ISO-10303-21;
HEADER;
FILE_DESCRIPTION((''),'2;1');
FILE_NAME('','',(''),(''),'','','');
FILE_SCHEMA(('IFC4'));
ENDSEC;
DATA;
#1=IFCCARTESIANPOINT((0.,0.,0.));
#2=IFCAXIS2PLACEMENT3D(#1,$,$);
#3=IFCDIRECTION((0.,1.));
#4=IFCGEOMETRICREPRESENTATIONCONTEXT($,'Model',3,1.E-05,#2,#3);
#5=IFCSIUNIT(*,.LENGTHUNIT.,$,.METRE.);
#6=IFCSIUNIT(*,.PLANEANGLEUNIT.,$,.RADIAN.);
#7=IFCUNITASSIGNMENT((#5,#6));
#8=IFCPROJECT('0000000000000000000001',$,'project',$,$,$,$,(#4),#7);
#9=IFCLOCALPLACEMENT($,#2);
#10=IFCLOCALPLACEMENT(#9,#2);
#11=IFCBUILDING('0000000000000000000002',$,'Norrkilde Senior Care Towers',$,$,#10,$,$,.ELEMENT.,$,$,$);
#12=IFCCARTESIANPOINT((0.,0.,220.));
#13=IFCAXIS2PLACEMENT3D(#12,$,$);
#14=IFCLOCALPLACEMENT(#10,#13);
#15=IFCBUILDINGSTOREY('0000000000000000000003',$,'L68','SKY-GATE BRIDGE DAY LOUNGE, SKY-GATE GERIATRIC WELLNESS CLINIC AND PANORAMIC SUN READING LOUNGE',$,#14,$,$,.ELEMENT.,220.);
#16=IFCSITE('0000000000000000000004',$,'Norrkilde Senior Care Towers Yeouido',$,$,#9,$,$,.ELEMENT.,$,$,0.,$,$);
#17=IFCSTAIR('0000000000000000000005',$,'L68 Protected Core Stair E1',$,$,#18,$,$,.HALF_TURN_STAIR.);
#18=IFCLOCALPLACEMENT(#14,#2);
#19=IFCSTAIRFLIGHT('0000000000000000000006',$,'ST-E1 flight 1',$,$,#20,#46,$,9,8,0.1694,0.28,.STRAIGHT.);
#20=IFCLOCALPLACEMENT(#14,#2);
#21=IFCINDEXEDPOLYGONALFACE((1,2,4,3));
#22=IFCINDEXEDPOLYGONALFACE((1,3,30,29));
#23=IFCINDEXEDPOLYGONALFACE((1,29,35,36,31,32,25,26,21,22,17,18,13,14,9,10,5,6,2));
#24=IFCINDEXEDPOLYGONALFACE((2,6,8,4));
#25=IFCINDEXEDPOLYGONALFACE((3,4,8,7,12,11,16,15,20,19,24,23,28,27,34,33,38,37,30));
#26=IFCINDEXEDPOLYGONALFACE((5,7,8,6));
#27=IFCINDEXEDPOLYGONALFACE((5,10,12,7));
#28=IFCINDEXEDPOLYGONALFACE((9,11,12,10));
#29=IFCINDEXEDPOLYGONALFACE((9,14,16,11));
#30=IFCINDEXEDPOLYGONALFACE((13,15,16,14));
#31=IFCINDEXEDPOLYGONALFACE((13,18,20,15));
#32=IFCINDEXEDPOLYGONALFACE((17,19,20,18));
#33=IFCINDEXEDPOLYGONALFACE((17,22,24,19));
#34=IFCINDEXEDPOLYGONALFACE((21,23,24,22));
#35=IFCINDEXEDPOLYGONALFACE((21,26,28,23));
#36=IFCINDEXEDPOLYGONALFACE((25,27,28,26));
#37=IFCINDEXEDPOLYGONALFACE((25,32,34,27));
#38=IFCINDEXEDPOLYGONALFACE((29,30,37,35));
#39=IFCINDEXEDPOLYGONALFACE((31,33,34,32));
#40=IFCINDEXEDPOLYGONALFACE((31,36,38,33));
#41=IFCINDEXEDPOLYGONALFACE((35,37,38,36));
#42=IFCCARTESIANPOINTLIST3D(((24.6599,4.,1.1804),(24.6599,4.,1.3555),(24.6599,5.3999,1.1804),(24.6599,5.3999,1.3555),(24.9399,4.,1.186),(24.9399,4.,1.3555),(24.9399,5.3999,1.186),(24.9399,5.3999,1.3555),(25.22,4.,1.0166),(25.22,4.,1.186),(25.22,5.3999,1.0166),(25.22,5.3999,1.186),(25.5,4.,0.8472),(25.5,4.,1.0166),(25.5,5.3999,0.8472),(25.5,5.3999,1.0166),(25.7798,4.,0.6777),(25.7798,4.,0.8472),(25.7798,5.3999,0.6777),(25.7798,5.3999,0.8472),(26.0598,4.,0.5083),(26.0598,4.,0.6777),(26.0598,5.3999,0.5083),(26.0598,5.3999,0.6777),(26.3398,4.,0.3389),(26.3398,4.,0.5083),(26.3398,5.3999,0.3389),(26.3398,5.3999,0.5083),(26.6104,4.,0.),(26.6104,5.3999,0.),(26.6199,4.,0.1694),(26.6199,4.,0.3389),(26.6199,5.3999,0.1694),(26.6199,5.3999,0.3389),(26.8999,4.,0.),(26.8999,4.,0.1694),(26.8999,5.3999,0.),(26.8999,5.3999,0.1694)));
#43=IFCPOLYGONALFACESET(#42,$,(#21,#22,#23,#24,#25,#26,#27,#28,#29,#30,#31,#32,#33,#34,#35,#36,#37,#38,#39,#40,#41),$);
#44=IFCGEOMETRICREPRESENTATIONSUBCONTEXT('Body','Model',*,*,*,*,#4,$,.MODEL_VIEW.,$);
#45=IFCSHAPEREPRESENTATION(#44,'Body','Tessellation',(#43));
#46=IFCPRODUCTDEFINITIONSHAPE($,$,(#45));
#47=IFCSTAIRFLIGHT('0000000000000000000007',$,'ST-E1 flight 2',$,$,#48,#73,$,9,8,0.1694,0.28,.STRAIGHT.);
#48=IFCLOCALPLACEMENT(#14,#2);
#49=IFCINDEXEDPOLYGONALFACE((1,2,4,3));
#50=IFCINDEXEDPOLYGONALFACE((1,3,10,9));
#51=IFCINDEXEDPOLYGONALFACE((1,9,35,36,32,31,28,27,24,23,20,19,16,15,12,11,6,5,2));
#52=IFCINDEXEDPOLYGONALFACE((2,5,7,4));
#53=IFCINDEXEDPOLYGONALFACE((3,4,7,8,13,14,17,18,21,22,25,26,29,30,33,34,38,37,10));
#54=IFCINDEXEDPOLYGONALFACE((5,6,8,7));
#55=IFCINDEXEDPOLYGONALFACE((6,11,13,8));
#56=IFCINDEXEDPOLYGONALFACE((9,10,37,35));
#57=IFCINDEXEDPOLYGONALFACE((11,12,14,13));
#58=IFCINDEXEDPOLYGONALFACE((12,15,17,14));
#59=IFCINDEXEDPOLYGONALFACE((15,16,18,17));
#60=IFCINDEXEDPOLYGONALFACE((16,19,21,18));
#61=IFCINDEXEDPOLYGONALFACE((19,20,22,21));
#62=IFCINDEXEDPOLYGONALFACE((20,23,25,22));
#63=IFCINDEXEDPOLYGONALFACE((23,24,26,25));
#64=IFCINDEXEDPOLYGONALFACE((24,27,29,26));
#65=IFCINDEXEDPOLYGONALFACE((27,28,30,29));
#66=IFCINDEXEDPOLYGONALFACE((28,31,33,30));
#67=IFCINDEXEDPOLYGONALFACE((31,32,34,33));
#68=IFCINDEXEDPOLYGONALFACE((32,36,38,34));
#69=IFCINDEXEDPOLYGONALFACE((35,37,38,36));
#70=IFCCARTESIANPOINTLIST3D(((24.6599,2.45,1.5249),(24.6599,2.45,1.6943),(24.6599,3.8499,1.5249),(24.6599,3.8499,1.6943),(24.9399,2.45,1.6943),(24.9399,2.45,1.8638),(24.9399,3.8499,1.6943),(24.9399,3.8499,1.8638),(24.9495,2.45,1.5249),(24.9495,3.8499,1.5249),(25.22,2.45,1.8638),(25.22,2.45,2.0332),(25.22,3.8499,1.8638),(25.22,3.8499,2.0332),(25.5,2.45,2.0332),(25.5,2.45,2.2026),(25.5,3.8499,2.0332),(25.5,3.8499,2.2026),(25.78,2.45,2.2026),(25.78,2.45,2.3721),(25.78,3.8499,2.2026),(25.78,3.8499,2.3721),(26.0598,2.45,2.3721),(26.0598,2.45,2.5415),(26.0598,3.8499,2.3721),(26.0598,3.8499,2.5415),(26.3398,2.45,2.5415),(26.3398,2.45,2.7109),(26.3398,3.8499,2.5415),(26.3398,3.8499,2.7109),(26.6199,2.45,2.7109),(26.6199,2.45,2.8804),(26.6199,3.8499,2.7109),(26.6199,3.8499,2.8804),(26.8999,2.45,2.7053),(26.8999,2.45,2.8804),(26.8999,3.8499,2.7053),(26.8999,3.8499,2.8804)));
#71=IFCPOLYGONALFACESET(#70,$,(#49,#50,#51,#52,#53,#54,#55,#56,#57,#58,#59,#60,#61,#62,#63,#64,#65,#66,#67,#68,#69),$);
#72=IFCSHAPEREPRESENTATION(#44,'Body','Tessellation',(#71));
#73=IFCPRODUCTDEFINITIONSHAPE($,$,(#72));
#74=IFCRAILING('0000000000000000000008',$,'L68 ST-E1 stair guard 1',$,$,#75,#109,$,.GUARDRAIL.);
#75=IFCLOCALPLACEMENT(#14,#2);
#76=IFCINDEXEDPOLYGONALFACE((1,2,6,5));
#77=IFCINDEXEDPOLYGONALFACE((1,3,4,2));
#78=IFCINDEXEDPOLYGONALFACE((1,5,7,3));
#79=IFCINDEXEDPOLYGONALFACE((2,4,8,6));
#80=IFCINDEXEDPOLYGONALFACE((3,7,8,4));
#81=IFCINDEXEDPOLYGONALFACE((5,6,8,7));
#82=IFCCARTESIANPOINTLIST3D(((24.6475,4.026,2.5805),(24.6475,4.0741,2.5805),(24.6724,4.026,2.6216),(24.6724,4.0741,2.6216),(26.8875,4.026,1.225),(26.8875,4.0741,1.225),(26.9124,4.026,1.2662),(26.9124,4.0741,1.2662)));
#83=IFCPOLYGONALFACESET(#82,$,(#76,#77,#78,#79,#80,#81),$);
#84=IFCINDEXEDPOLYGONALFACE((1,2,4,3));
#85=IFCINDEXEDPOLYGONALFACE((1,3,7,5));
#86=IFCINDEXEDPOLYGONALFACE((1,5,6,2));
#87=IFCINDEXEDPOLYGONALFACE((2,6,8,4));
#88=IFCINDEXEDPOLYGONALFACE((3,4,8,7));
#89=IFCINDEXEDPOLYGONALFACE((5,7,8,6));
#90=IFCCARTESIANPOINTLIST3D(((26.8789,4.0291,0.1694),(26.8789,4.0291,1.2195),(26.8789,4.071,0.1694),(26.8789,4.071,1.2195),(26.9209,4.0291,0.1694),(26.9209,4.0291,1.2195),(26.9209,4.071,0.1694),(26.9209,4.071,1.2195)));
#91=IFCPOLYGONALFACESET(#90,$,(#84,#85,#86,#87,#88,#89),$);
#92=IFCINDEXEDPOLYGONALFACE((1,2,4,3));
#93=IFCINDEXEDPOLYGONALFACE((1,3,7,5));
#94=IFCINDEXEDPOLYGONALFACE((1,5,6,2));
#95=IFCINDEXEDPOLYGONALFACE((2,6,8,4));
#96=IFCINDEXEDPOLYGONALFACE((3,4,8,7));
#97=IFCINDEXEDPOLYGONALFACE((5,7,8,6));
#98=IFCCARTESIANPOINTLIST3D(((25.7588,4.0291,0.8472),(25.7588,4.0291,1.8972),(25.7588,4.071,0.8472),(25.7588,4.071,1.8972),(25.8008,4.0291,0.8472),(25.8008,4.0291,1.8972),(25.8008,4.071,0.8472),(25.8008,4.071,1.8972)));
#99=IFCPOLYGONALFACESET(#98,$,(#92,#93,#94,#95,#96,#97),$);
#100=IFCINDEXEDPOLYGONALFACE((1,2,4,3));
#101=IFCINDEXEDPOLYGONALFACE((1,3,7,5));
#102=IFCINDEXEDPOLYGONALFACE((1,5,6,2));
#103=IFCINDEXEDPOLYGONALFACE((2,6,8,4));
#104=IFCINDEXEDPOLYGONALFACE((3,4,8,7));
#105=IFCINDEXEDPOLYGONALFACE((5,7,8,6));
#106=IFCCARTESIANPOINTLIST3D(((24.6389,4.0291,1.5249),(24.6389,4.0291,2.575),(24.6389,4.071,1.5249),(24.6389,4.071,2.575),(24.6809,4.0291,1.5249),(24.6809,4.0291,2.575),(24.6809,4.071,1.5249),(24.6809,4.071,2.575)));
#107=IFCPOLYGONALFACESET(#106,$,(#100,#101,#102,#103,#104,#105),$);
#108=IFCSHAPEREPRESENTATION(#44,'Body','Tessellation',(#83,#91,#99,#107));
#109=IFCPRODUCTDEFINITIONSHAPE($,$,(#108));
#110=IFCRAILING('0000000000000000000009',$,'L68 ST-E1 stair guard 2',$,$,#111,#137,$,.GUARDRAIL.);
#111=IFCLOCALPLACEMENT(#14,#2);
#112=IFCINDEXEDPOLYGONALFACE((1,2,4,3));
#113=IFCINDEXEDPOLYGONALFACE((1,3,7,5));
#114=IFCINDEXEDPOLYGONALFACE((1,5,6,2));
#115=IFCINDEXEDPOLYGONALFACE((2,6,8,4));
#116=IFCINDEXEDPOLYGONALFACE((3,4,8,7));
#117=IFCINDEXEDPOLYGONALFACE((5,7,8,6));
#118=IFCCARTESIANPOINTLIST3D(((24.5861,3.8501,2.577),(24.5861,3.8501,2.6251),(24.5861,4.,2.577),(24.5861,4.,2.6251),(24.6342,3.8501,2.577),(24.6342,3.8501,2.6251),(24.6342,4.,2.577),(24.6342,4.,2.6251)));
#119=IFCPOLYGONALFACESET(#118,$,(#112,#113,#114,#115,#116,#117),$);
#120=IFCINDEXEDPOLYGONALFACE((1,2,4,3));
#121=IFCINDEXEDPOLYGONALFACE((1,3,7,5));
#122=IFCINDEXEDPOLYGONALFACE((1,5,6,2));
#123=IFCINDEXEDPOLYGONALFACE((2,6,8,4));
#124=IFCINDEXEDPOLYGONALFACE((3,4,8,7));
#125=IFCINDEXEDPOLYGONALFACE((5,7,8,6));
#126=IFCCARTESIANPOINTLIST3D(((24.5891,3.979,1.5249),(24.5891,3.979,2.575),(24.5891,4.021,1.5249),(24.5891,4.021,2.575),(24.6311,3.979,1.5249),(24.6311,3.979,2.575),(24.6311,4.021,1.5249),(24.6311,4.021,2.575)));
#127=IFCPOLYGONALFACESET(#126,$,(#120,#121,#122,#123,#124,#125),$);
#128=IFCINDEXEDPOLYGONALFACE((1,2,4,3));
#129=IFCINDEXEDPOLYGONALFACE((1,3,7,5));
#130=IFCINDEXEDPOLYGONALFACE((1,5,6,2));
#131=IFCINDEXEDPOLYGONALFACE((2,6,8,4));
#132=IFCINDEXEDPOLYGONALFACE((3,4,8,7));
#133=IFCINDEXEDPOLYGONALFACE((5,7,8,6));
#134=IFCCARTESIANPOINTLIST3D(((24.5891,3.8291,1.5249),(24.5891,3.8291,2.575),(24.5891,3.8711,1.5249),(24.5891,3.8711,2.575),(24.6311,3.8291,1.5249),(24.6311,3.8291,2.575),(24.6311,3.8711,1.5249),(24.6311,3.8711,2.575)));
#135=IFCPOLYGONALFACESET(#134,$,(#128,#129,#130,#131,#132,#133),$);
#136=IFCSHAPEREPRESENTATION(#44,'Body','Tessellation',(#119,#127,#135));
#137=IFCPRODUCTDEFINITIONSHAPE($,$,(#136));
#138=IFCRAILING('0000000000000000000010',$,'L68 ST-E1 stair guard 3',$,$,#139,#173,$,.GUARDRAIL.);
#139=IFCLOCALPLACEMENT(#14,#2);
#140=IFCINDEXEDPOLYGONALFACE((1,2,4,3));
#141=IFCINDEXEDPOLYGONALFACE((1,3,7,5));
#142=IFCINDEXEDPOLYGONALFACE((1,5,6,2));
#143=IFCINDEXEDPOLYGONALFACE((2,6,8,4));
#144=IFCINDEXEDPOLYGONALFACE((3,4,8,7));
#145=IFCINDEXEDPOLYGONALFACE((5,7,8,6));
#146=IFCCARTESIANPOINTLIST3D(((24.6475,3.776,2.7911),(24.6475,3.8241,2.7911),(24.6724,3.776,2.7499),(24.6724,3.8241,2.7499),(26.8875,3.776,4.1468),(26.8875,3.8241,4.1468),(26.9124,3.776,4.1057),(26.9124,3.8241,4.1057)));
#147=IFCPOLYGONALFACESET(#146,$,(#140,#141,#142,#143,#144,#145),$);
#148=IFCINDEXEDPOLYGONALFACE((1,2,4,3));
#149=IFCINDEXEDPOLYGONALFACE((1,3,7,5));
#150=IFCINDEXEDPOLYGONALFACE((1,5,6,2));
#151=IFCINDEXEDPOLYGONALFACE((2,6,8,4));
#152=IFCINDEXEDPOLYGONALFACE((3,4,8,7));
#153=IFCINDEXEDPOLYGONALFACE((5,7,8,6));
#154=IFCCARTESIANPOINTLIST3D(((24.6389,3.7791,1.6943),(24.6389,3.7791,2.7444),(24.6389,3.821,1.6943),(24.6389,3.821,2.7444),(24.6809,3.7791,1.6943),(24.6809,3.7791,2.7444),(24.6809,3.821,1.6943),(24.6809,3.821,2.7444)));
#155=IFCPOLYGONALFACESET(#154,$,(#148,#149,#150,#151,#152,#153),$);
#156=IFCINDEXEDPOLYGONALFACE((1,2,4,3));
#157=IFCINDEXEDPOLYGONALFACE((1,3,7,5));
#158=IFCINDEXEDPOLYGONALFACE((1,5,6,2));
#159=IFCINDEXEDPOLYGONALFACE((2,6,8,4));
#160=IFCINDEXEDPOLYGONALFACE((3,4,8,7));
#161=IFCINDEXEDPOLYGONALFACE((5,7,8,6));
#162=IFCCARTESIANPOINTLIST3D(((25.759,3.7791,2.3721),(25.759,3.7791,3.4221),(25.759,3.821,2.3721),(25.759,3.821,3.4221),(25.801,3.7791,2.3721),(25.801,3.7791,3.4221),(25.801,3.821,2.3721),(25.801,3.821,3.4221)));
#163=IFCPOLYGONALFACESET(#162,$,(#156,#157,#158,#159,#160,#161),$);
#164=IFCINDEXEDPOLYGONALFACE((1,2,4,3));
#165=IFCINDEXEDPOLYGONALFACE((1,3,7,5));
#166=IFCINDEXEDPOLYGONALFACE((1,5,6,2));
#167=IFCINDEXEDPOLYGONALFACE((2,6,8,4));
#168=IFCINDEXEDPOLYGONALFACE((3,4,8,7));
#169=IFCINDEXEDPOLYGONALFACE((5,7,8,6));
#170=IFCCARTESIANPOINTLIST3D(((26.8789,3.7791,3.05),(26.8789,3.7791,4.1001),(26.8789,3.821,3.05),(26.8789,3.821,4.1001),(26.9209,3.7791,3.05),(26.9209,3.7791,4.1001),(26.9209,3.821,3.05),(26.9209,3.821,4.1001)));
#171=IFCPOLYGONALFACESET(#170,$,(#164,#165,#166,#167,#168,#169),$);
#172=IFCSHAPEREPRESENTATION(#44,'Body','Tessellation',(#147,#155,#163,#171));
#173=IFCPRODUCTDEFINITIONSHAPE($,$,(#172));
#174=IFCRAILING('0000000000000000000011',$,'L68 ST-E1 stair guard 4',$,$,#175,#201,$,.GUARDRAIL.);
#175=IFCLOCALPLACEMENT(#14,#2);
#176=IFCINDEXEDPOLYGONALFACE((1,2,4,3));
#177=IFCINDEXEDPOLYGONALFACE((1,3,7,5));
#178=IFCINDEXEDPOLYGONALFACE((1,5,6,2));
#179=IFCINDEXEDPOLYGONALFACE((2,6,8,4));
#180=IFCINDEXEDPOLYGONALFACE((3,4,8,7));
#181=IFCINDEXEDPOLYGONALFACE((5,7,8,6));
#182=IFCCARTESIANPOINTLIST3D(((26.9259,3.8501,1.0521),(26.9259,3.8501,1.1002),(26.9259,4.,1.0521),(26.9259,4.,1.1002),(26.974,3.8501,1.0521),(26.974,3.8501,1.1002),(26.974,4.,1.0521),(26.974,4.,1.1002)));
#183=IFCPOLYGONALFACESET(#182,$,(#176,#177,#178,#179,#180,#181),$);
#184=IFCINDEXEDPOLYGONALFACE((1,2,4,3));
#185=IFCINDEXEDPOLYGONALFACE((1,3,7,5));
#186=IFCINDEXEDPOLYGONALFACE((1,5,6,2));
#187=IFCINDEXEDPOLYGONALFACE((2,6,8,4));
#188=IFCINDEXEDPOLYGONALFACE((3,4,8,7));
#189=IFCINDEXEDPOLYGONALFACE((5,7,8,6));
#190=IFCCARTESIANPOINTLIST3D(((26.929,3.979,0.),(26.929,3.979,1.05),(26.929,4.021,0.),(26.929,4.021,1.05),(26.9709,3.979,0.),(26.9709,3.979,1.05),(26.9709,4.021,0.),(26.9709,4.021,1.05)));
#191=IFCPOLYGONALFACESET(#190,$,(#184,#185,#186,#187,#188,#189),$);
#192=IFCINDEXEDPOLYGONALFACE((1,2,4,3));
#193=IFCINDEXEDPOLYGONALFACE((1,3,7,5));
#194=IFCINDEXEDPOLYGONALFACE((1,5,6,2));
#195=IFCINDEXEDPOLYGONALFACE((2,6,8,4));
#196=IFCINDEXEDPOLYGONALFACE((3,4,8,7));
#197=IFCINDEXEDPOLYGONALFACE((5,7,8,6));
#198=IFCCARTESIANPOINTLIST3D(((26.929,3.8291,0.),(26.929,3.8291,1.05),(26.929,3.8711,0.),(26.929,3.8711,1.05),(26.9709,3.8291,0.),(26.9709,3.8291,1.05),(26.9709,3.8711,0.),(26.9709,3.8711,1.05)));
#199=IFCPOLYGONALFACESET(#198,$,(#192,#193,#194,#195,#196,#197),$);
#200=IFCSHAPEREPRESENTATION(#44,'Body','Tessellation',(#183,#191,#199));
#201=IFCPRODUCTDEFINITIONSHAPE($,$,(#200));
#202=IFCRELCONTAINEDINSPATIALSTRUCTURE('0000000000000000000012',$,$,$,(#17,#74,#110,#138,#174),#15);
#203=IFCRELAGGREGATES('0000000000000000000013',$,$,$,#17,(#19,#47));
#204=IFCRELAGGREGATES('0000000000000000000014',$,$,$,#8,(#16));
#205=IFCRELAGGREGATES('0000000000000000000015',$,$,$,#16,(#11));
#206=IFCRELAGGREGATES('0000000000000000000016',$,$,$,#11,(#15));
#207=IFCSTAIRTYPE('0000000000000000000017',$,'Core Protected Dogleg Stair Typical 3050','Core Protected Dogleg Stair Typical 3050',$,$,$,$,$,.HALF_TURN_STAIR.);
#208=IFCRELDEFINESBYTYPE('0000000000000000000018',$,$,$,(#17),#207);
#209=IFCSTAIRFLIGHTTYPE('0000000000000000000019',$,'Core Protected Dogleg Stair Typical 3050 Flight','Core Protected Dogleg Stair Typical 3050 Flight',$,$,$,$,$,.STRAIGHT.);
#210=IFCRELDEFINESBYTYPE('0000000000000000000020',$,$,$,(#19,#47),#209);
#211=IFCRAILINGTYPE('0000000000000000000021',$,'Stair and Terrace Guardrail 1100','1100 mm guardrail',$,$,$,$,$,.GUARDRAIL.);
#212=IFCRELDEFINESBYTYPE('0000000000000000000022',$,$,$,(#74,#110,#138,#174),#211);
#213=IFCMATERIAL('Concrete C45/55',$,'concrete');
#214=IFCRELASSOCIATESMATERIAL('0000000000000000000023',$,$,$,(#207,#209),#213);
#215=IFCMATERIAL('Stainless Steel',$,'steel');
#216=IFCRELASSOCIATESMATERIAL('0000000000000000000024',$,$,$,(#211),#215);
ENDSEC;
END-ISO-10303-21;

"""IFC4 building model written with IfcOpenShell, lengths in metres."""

from ifc_helpers import new_model, si_unit, direction, frame, origin, origin_2d, place, context, subcontext, project, spatial, polyline, rectangle, outline, extrude, material, type_object, element, aggregate, save


model = new_model("IFC4")

# Units and contexts
model_context = context("Model", 3, precision=1e-05, world=origin(), true_north=direction((0.0, 1.0)))
body_context = subcontext(model_context, "Body", "Model", "MODEL_VIEW")
ifc_project = project(units=[si_unit("LENGTHUNIT", "METRE"), si_unit("PLANEANGLEUNIT", "RADIAN")], contexts=[model_context])

# Site, building, storey
site_placement = place(None, origin())
site = spatial("IfcSite", under=ifc_project, at=site_placement, Name="Norrkilde Senior Care Towers Yeouido", CompositionType="ELEMENT", RefElevation=0.0)
building_placement = place(site_placement, origin())
building = spatial("IfcBuilding", under=site, at=building_placement, Name="Norrkilde Senior Care Towers", CompositionType="ELEMENT")
storey_placement = place(building_placement, frame((0.0, 0.0, 220.0)))
storey = spatial("IfcBuildingStorey", under=building, at=storey_placement, Name="L68", Description="SKY-GATE BRIDGE DAY LOUNGE, SKY-GATE GERIATRIC WELLNESS CLINIC AND PANORAMIC SUN READING LOUNGE", CompositionType="ELEMENT", Elevation=220.0)

# Shared definitions
ifc_material_1 = material(Name="Concrete C45/55", Category="concrete")

# Shared definitions
ifc_material_2 = material(Name="Stainless Steel", Category="steel")

# Stair, stair flights
stair_type = type_object("IfcStairType", Name="Core Protected Dogleg Stair Typical 3050", Description="Core Protected Dogleg Stair Typical 3050", PredefinedType="HALF_TURN_STAIR", material=ifc_material_1)
stair_placement = place(storey_placement, origin())
stair = element("IfcStair", 1, at=stair_placement, inside=storey, type_object=stair_type, Name="L68 Protected Core Stair E1", PredefinedType="HALF_TURN_STAIR")
stair_flight_type = type_object("IfcStairFlightType", Name="Core Protected Dogleg Stair Typical 3050 Flight", Description="Core Protected Dogleg Stair Typical 3050 Flight", PredefinedType="STRAIGHT", material=ifc_material_1)
stair_flight_1_placement = place(storey_placement, frame((26.8999, 4.7, 0.0), z_axis=(0.0, 0.0, 1.0), x_axis=(-1.0, 0.0, 0.0)))
stair_flight_1 = element("IfcStairFlight", 2, at=stair_flight_1_placement, type_object=stair_flight_type, Name="ST-E1 flight 1", NumberOfRisers=9, NumberOfTreads=8, PredefinedType="STRAIGHT", RiserHeight=0.1694, TreadLength=0.28, context=body_context, shape_type="SweptSolid", body=[
    extrude(outline(polyline([(0.0, 0.0), (0.0, 0.1694), (0.28, 0.1694), (0.28, 0.3389), (0.5601, 0.3389), (0.5601, 0.5083), (0.8401, 0.5083), (0.8401, 0.6777), (1.1201, 0.6777), (1.1201, 0.8472), (1.3999, 0.8472), (1.3999, 1.0166), (1.6799, 1.0166), (1.6799, 1.186), (1.96, 1.186), (1.96, 1.3555), (2.24, 1.3555), (2.24, 1.5249), (2.24, 1.1804), (0.2896, 0.0), (0.0, 0.0)])), frame((0.0, 0.7, 0.0), z_axis=(0.0, -1.0, 0.0), x_axis=(1.0, 0.0, 0.0)), (0.0, 0.0, 1.0), 1.3999),
])
stair_flight_2_placement = place(storey_placement, frame((24.6599, 3.1499, 1.5249), z_axis=(0.0, 0.0, 1.0), x_axis=(1.0, 0.0, 0.0)))
stair_flight_2 = element("IfcStairFlight", 3, at=stair_flight_2_placement, type_object=stair_flight_type, Name="ST-E1 flight 2", NumberOfRisers=9, NumberOfTreads=8, PredefinedType="STRAIGHT", RiserHeight=0.1694, TreadLength=0.28, context=body_context, shape_type="SweptSolid", body=[
    extrude(outline(polyline([(0.0, 0.0), (0.0, 0.1694), (0.28, 0.1694), (0.28, 0.3389), (0.5601, 0.3389), (0.5601, 0.5083), (0.8401, 0.5083), (0.8401, 0.6777), (1.1201, 0.6777), (1.1201, 0.8472), (1.3999, 0.8472), (1.3999, 1.0166), (1.6799, 1.0166), (1.6799, 1.186), (1.96, 1.186), (1.96, 1.3555), (2.24, 1.3555), (2.24, 1.5249), (2.24, 1.1804), (0.2896, 0.0), (0.0, 0.0)])), frame((0.0, 0.7, 0.0), z_axis=(0.0, -1.0, 0.0), x_axis=(1.0, 0.0, 0.0)), (0.0, 0.0, 1.0), 1.3999),
])
aggregate(stair, [stair_flight_1, stair_flight_2])

# Railings
railing_type_1 = type_object("IfcRailingType", Name="Stair and Terrace Guardrail 1100", Description="1100 mm guardrail", PredefinedType="GUARDRAIL", material=ifc_material_2)
railing_1_placement = place(storey_placement, frame((26.8999, 4.05, 0.1694)))
element("IfcRailing", 4, at=railing_1_placement, inside=storey, type_object=railing_type_1, Name="L68 ST-E1 stair guard 1", PredefinedType="GUARDRAIL", context=body_context, shape_type="SweptSolid", body=[
    extrude(rectangle(XDim=0.0481, YDim=0.0481, at=origin_2d()), frame((0.0, 0.0, 1.0762), z_axis=(-0.855553, 0.0, 0.517715), x_axis=(0.0, -1.0, 0.0)), (0.0, 0.0, 1.0), 2.6182),
    extrude(rectangle(XDim=0.042, YDim=0.042, at=origin_2d()), origin(), (0.0, 0.0, 1.0), 1.05),
    extrude(rectangle(XDim=0.042, YDim=0.042, at=origin_2d()), frame((-1.1201, 0.0, 0.6777)), (0.0, 0.0, 1.0), 1.05),
    extrude(rectangle(XDim=0.042, YDim=0.042, at=origin_2d()), frame((-2.24, 0.0, 1.3555)), (0.0, 0.0, 1.0), 1.05),
])
railing_2_placement = place(storey_placement, frame((24.6101, 4.0, 1.5249)))
element("IfcRailing", 5, at=railing_2_placement, inside=storey, type_object=railing_type_1, Name="L68 ST-E1 stair guard 2", PredefinedType="GUARDRAIL", context=body_context, shape_type="SweptSolid", body=[
    extrude(rectangle(XDim=0.0481, YDim=0.0481, at=origin_2d()), frame((0.0, 0.0, 1.0762), z_axis=(0.0, -1.0, 0.0), x_axis=(1.0, 0.0, 0.0)), (0.0, 0.0, 1.0), 0.1499),
    extrude(rectangle(XDim=0.042, YDim=0.042, at=origin_2d()), origin(), (0.0, 0.0, 1.0), 1.05),
    extrude(rectangle(XDim=0.042, YDim=0.042, at=origin_2d()), frame((0.0, -0.1499, 0.0)), (0.0, 0.0, 1.0), 1.05),
])
railing_3_placement = place(storey_placement, frame((24.6599, 3.8, 1.6943)))
element("IfcRailing", 6, at=railing_3_placement, inside=storey, type_object=railing_type_1, Name="L68 ST-E1 stair guard 3", PredefinedType="GUARDRAIL", context=body_context, shape_type="SweptSolid", body=[
    extrude(rectangle(XDim=0.0481, YDim=0.0481, at=origin_2d()), frame((0.0, 0.0, 1.0762), z_axis=(0.855512, 0.0, 0.517783), x_axis=(0.0, 1.0, 0.0)), (0.0, 0.0, 1.0), 2.6184),
    extrude(rectangle(XDim=0.042, YDim=0.042, at=origin_2d()), origin(), (0.0, 0.0, 1.0), 1.05),
    extrude(rectangle(XDim=0.042, YDim=0.042, at=origin_2d()), frame((1.1201, 0.0, 0.6777)), (0.0, 0.0, 1.0), 1.05),
    extrude(rectangle(XDim=0.042, YDim=0.042, at=origin_2d()), frame((2.24, 0.0, 1.3557)), (0.0, 0.0, 1.0), 1.05),
])
railing_4_placement = place(storey_placement, frame((26.95, 4.0, 0.0)))
element("IfcRailing", 7, at=railing_4_placement, inside=storey, type_object=railing_type_1, Name="L68 ST-E1 stair guard 4", PredefinedType="GUARDRAIL", context=body_context, shape_type="SweptSolid", body=[
    extrude(rectangle(XDim=0.0481, YDim=0.0481, at=origin_2d()), frame((0.0, 0.0, 1.0762), z_axis=(0.0, -1.0, 0.0), x_axis=(1.0, 0.0, 0.0)), (0.0, 0.0, 1.0), 0.1499),
    extrude(rectangle(XDim=0.042, YDim=0.042, at=origin_2d()), origin(), (0.0, 0.0, 1.0), 1.05),
    extrude(rectangle(XDim=0.042, YDim=0.042, at=origin_2d()), frame((0.0, -0.1499, 0.0)), (0.0, 0.0, 1.0), 1.05),
])

save(model, "model.ifc")
